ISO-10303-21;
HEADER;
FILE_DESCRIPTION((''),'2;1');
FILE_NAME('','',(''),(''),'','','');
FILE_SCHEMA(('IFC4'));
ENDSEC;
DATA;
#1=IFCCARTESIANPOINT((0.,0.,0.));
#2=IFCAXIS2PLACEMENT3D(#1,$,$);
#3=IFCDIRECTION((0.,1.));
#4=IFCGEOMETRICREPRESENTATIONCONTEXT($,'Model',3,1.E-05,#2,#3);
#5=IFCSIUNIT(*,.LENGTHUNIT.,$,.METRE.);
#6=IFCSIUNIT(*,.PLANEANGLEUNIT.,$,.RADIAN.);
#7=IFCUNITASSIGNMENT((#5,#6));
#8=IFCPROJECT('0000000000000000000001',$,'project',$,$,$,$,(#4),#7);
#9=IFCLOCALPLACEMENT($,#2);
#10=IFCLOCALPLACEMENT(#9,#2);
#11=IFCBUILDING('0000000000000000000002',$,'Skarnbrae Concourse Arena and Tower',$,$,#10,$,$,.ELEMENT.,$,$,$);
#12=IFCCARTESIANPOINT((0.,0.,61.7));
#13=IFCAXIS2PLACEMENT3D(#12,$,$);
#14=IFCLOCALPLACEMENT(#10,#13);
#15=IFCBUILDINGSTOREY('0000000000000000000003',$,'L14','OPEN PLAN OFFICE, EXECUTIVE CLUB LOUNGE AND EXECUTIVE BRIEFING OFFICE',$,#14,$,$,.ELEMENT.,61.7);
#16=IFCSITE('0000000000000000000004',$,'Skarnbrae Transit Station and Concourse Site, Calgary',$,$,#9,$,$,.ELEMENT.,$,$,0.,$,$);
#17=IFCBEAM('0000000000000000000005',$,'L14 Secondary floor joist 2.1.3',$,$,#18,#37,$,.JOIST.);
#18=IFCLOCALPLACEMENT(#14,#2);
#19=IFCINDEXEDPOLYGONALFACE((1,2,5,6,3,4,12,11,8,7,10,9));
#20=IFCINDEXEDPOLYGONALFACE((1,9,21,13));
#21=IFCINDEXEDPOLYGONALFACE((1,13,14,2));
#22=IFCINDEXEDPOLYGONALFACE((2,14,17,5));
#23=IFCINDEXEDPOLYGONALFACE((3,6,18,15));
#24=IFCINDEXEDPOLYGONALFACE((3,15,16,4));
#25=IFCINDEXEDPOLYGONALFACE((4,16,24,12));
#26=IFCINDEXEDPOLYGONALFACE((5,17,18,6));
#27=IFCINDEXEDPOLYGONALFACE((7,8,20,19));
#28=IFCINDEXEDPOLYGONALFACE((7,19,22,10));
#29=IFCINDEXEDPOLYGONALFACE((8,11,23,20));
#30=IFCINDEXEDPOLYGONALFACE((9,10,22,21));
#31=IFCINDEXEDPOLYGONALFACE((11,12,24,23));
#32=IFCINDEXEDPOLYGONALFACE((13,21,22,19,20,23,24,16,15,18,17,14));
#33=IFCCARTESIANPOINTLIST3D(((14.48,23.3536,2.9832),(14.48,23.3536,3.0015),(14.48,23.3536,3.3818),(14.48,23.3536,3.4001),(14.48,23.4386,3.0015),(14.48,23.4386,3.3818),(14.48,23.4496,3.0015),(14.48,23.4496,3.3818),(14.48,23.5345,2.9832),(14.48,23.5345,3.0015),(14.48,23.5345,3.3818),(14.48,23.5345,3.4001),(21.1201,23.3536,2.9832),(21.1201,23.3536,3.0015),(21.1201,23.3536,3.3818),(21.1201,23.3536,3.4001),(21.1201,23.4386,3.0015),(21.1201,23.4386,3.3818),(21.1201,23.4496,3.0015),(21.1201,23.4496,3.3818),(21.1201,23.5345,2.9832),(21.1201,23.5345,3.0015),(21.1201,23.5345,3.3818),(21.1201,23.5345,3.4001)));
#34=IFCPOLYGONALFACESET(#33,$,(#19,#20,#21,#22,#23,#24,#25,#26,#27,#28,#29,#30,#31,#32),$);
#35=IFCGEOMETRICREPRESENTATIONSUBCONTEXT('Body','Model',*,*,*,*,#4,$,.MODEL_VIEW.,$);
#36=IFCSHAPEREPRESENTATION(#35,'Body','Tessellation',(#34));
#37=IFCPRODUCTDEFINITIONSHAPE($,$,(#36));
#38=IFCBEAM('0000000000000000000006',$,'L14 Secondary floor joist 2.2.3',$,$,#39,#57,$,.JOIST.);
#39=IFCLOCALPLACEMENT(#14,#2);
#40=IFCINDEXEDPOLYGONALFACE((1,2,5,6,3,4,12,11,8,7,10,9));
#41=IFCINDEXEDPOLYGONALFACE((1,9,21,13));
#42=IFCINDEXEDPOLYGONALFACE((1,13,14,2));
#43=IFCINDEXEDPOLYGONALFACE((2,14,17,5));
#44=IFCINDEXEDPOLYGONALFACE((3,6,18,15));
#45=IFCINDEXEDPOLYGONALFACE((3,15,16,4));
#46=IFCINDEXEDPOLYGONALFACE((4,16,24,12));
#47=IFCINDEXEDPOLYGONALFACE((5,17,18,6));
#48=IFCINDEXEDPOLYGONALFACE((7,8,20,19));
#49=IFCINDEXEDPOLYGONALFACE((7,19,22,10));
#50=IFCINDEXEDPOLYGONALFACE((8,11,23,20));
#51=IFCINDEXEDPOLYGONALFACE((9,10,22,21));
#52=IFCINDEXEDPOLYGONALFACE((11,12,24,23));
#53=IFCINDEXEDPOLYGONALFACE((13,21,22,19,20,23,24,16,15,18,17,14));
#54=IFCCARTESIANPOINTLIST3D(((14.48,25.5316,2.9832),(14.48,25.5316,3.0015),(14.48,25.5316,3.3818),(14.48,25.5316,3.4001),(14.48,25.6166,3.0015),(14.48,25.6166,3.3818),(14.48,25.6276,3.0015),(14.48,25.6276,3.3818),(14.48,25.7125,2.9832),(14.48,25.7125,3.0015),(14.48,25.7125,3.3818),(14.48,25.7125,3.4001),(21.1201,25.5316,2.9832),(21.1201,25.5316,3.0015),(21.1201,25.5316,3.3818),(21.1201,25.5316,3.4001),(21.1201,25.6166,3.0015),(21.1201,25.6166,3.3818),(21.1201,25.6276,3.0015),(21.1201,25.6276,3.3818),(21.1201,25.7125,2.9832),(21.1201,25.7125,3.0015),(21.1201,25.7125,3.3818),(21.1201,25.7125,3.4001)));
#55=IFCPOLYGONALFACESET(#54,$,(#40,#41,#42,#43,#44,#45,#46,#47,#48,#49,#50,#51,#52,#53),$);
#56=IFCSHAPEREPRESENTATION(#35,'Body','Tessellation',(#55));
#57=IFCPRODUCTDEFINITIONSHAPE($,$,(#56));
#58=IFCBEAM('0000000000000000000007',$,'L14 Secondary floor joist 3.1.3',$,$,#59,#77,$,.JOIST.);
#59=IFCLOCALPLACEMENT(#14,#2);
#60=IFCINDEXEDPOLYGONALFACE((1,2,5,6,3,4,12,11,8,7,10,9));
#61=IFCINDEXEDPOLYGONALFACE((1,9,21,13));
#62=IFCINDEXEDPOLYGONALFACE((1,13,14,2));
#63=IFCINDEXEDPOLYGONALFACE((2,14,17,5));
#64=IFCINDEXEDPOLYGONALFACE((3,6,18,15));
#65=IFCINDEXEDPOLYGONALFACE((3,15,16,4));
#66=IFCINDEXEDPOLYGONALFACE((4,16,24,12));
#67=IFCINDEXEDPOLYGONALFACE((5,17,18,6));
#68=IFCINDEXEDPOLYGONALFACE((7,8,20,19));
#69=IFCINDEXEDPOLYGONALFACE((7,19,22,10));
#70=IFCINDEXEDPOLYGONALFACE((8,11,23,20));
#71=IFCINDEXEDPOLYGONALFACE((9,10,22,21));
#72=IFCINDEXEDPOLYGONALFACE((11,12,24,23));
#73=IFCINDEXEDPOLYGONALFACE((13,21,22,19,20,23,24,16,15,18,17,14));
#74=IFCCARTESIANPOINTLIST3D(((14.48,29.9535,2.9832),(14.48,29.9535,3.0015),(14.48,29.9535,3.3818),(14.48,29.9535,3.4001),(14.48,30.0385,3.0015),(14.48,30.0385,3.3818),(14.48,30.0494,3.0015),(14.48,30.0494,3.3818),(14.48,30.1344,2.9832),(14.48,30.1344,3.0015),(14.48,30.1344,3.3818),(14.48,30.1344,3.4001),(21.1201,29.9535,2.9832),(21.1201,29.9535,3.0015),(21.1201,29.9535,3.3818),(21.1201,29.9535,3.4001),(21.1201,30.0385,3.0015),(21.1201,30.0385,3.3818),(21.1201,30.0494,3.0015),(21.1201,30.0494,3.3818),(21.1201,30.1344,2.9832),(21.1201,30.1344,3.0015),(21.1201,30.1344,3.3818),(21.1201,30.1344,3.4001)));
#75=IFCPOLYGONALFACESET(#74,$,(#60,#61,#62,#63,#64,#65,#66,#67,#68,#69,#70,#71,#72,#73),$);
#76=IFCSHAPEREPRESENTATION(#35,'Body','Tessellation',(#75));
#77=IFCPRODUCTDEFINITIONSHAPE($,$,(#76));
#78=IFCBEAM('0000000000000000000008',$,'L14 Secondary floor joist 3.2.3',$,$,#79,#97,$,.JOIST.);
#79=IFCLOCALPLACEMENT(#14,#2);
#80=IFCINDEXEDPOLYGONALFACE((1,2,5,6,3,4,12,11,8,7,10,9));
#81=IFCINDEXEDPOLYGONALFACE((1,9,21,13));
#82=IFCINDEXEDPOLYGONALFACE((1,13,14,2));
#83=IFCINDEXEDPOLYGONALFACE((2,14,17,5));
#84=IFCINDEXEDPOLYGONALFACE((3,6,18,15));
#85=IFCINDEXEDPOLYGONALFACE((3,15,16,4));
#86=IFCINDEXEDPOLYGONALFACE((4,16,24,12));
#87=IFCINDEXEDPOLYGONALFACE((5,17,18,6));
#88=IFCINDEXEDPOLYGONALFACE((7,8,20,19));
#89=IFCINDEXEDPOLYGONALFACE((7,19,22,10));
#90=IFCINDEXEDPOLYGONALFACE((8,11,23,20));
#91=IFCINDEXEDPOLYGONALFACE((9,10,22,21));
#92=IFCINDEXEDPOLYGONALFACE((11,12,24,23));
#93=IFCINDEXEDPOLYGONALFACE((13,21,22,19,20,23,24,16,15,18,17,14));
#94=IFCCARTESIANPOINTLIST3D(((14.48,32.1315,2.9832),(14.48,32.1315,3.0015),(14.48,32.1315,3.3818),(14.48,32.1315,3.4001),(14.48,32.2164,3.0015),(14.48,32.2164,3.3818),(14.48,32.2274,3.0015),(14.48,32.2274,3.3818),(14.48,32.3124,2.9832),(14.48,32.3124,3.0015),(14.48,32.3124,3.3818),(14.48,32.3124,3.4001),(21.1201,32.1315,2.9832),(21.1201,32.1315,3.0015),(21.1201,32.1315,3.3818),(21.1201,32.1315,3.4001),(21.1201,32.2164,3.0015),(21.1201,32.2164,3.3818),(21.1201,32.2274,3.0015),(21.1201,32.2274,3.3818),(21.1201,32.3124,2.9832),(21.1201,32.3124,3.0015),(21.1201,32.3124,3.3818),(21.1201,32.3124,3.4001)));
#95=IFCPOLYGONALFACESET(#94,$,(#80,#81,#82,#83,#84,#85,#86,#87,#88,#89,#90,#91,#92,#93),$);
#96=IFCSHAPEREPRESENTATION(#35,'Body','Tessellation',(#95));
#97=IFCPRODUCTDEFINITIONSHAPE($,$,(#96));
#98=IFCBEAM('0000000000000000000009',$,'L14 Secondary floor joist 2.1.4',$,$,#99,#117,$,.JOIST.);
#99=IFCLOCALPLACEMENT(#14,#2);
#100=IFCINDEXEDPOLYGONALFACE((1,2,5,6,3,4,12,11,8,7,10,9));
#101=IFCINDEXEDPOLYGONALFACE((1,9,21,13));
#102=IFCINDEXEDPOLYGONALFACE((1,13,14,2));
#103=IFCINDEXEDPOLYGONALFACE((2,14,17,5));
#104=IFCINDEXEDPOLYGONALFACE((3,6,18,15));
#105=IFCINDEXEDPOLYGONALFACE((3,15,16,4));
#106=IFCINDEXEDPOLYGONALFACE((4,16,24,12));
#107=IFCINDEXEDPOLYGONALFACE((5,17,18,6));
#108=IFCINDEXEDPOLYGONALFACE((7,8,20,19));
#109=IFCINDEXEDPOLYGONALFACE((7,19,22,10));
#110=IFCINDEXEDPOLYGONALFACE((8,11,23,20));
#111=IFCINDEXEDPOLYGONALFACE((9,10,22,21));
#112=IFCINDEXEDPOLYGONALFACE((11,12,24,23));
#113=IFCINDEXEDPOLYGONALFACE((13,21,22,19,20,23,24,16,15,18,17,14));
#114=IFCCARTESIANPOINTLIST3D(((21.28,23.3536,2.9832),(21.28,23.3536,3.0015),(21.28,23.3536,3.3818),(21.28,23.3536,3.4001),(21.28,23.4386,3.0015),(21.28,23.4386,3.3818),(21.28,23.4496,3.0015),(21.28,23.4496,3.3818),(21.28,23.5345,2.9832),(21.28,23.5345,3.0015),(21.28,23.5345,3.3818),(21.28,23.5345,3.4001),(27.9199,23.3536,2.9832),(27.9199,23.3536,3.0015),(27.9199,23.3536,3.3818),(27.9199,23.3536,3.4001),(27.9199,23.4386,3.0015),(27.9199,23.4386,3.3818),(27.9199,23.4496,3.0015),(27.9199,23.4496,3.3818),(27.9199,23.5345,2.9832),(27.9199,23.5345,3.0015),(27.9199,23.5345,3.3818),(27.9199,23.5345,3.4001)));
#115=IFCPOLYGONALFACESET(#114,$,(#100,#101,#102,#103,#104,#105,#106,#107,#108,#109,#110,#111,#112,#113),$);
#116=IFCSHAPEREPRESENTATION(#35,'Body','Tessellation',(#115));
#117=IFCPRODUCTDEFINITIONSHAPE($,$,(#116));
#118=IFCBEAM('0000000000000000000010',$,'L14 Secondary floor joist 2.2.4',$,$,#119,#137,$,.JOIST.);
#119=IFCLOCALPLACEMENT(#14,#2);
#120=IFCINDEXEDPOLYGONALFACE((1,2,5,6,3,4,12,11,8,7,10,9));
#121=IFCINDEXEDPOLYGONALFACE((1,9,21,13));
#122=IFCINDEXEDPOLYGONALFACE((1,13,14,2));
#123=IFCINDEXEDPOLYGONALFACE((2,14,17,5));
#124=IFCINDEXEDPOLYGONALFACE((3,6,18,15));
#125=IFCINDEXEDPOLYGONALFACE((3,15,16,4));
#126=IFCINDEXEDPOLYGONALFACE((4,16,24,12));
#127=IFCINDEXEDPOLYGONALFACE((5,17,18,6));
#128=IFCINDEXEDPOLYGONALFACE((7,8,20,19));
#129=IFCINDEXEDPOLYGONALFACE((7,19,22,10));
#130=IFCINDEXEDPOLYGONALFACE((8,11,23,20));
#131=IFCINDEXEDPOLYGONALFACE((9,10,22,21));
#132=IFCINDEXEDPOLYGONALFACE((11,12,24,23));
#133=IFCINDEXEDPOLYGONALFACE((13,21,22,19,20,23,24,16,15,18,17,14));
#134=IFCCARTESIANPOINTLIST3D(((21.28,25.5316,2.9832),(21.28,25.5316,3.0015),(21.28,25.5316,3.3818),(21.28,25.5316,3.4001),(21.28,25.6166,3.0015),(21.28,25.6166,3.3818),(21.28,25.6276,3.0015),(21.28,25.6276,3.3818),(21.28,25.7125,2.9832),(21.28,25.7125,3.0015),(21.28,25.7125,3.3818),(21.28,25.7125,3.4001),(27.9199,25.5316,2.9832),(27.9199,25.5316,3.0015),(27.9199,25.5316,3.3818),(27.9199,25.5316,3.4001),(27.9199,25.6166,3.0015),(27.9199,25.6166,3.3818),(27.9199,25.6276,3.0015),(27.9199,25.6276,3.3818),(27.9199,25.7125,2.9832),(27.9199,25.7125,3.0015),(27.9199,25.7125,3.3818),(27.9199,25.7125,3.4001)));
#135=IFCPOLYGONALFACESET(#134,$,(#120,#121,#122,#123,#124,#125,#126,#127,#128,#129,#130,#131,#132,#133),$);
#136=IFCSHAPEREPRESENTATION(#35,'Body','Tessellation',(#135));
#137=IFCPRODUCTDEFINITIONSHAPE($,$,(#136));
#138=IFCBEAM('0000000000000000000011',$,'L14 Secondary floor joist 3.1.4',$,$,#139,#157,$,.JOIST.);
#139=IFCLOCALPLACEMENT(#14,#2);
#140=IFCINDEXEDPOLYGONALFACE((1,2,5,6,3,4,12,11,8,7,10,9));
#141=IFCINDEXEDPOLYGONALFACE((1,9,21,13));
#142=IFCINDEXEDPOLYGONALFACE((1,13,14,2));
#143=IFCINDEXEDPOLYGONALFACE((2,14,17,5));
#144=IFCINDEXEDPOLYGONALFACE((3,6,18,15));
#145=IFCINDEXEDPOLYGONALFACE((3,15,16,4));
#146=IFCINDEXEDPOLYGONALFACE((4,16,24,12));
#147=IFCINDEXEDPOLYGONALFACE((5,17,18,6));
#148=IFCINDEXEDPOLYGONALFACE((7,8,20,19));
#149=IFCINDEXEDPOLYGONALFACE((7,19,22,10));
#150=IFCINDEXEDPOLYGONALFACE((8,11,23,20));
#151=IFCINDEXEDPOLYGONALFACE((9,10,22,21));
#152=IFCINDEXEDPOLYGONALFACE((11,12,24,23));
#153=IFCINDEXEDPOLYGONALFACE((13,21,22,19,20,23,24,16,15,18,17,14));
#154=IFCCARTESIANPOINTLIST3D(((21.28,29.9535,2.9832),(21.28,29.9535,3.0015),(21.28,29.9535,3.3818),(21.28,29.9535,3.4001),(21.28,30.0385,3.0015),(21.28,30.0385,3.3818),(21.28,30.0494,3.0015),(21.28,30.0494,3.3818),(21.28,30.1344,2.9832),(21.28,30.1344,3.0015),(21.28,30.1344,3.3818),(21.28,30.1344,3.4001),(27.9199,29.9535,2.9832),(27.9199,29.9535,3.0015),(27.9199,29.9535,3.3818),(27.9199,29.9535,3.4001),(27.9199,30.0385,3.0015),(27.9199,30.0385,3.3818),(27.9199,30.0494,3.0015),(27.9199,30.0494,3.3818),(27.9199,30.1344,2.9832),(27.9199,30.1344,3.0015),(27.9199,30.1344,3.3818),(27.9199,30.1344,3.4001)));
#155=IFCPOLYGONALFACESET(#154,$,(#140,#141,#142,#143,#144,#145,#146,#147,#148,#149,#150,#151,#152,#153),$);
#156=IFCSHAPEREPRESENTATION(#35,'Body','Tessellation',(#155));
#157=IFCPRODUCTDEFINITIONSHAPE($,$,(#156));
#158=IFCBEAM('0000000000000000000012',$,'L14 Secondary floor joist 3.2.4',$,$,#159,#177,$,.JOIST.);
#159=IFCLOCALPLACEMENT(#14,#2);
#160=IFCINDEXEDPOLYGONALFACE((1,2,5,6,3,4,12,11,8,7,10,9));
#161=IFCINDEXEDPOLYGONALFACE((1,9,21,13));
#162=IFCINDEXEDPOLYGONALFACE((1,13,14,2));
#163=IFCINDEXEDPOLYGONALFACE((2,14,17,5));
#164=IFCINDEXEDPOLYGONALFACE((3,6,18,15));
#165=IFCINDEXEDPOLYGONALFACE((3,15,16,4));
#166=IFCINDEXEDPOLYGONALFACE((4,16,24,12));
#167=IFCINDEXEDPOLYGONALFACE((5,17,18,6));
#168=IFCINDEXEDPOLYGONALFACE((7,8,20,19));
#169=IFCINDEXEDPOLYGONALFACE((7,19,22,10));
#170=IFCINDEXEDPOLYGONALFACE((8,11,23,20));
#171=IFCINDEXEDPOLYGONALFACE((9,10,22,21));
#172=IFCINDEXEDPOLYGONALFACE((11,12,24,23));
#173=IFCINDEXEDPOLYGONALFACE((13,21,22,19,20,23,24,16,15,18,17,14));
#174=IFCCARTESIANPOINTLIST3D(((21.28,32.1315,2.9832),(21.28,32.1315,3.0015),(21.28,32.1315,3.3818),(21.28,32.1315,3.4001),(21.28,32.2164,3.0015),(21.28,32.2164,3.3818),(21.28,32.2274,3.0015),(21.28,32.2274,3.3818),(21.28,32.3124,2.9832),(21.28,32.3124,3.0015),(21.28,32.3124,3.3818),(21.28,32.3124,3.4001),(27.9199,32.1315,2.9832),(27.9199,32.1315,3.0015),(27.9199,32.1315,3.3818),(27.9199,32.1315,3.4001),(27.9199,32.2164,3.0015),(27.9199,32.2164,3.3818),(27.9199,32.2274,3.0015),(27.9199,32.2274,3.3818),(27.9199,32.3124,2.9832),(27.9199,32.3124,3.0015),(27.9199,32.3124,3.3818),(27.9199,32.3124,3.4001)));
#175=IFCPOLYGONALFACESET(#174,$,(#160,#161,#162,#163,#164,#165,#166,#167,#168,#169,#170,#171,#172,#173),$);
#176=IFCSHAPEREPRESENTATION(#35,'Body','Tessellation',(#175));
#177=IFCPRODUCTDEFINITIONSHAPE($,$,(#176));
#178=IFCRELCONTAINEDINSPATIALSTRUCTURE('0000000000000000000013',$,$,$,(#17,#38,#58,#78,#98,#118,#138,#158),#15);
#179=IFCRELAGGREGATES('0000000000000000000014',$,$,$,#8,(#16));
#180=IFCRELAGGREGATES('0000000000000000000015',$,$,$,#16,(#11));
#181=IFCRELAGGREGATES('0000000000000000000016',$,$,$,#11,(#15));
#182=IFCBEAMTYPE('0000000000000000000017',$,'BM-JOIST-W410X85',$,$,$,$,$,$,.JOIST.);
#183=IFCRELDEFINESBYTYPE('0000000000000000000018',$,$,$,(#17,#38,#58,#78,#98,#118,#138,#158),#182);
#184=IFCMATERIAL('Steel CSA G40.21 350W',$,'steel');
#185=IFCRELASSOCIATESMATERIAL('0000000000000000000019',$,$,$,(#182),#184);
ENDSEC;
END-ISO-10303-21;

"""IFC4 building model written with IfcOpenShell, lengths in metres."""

from ifc_helpers import new_model, si_unit, direction, frame, origin, origin_2d, place, context, subcontext, project, spatial, i_section, extrude, source, transform, mapped, material, material_profile, profile_set, type_object, element, save


model = new_model("IFC4")

# Units and contexts
model_context = context("Model", 3, precision=1e-05, world=origin(), true_north=direction((0.0, 1.0)))
body_context = subcontext(model_context, "Body", "Model", "MODEL_VIEW")
ifc_project = project(units=[si_unit("LENGTHUNIT", "METRE"), si_unit("PLANEANGLEUNIT", "RADIAN")], contexts=[model_context])

# Site, building, storey
site_placement = place(None, origin())
site = spatial("IfcSite", under=ifc_project, at=site_placement, Name="Skarnbrae Transit Station and Concourse Site, Calgary", CompositionType="ELEMENT", RefElevation=0.0)
building_placement = place(site_placement, origin())
building = spatial("IfcBuilding", under=site, at=building_placement, Name="Skarnbrae Concourse Arena and Tower", CompositionType="ELEMENT")
storey_placement = place(building_placement, frame((0.0, 0.0, 61.7)))
storey = spatial("IfcBuildingStorey", under=building, at=storey_placement, Name="L14", Description="OPEN PLAN OFFICE, EXECUTIVE CLUB LOUNGE AND EXECUTIVE BRIEFING OFFICE", CompositionType="ELEMENT", Elevation=61.7)

# Shared definitions
ifc_material = material(Name="Steel CSA G40.21 350W", Category="steel")

# Beams
ifc_material_profile_1 = material_profile(ifc_material, i_section(OverallWidth=0.1809, OverallDepth=0.417, WebThickness=0.011, FlangeThickness=0.0183, at=origin_2d()), Name="W410X85")
ifc_profile_set_1 = profile_set([ifc_material_profile_1], Name="Steel CSA G40.21 350W")
beam_type_1 = type_object("IfcBeamType", Name="BM-JOIST-W410X85", PredefinedType="JOIST", material=ifc_profile_set_1)
shared_shape_1 = source(origin(), body_context, "Body", "SweptSolid", [
    extrude(i_section(OverallWidth=0.1809, OverallDepth=0.417, WebThickness=0.011, FlangeThickness=0.0183, at=origin_2d()), origin(), (0.0, 0.0, 1.0), 6.6401),
])
for number, where, z_axis, x_axis, name in (
    (1, (14.48, 23.4441, 3.1917), (1.0, 0.0, 0.0), (0.0, 1.0, 0.0), "L14 Secondary floor joist 2.1.3"),
    (2, (14.48, 25.6221, 3.1917), (1.0, 0.0, 0.0), (0.0, 1.0, 0.0), "L14 Secondary floor joist 2.2.3"),
    (3, (14.48, 30.0439, 3.1917), (1.0, 0.0, 0.0), (0.0, 1.0, 0.0), "L14 Secondary floor joist 3.1.3"),
    (4, (14.48, 32.2219, 3.1917), (1.0, 0.0, 0.0), (0.0, 1.0, 0.0), "L14 Secondary floor joist 3.2.3"),
):
    element("IfcBeam", number, at=place(storey_placement, frame(where, z_axis=z_axis, x_axis=x_axis)), inside=storey, type_object=beam_type_1, Name=name, PredefinedType="JOIST", context=body_context, shape_type="MappedRepresentation", body=[
        mapped(shared_shape_1, transform((0.0, 0.0, 0.0))),
    ])
shared_shape_2 = source(origin(), body_context, "Body", "SweptSolid", [
    extrude(i_section(OverallWidth=0.1809, OverallDepth=0.417, WebThickness=0.011, FlangeThickness=0.0183, at=origin_2d()), origin(), (0.0, 0.0, 1.0), 6.6399),
])
for number, where, z_axis, x_axis, name in (
    (5, (21.28, 23.4441, 3.1917), (1.0, 0.0, 0.0), (0.0, 1.0, 0.0), "L14 Secondary floor joist 2.1.4"),
    (6, (21.28, 25.6221, 3.1917), (1.0, 0.0, 0.0), (0.0, 1.0, 0.0), "L14 Secondary floor joist 2.2.4"),
    (7, (21.28, 30.0439, 3.1917), (1.0, 0.0, 0.0), (0.0, 1.0, 0.0), "L14 Secondary floor joist 3.1.4"),
    (8, (21.28, 32.2219, 3.1917), (1.0, 0.0, 0.0), (0.0, 1.0, 0.0), "L14 Secondary floor joist 3.2.4"),
):
    element("IfcBeam", number, at=place(storey_placement, frame(where, z_axis=z_axis, x_axis=x_axis)), inside=storey, type_object=beam_type_1, Name=name, PredefinedType="JOIST", context=body_context, shape_type="MappedRepresentation", body=[
        mapped(shared_shape_2, transform((0.0, 0.0, 0.0))),
    ])

save(model, "model.ifc")
